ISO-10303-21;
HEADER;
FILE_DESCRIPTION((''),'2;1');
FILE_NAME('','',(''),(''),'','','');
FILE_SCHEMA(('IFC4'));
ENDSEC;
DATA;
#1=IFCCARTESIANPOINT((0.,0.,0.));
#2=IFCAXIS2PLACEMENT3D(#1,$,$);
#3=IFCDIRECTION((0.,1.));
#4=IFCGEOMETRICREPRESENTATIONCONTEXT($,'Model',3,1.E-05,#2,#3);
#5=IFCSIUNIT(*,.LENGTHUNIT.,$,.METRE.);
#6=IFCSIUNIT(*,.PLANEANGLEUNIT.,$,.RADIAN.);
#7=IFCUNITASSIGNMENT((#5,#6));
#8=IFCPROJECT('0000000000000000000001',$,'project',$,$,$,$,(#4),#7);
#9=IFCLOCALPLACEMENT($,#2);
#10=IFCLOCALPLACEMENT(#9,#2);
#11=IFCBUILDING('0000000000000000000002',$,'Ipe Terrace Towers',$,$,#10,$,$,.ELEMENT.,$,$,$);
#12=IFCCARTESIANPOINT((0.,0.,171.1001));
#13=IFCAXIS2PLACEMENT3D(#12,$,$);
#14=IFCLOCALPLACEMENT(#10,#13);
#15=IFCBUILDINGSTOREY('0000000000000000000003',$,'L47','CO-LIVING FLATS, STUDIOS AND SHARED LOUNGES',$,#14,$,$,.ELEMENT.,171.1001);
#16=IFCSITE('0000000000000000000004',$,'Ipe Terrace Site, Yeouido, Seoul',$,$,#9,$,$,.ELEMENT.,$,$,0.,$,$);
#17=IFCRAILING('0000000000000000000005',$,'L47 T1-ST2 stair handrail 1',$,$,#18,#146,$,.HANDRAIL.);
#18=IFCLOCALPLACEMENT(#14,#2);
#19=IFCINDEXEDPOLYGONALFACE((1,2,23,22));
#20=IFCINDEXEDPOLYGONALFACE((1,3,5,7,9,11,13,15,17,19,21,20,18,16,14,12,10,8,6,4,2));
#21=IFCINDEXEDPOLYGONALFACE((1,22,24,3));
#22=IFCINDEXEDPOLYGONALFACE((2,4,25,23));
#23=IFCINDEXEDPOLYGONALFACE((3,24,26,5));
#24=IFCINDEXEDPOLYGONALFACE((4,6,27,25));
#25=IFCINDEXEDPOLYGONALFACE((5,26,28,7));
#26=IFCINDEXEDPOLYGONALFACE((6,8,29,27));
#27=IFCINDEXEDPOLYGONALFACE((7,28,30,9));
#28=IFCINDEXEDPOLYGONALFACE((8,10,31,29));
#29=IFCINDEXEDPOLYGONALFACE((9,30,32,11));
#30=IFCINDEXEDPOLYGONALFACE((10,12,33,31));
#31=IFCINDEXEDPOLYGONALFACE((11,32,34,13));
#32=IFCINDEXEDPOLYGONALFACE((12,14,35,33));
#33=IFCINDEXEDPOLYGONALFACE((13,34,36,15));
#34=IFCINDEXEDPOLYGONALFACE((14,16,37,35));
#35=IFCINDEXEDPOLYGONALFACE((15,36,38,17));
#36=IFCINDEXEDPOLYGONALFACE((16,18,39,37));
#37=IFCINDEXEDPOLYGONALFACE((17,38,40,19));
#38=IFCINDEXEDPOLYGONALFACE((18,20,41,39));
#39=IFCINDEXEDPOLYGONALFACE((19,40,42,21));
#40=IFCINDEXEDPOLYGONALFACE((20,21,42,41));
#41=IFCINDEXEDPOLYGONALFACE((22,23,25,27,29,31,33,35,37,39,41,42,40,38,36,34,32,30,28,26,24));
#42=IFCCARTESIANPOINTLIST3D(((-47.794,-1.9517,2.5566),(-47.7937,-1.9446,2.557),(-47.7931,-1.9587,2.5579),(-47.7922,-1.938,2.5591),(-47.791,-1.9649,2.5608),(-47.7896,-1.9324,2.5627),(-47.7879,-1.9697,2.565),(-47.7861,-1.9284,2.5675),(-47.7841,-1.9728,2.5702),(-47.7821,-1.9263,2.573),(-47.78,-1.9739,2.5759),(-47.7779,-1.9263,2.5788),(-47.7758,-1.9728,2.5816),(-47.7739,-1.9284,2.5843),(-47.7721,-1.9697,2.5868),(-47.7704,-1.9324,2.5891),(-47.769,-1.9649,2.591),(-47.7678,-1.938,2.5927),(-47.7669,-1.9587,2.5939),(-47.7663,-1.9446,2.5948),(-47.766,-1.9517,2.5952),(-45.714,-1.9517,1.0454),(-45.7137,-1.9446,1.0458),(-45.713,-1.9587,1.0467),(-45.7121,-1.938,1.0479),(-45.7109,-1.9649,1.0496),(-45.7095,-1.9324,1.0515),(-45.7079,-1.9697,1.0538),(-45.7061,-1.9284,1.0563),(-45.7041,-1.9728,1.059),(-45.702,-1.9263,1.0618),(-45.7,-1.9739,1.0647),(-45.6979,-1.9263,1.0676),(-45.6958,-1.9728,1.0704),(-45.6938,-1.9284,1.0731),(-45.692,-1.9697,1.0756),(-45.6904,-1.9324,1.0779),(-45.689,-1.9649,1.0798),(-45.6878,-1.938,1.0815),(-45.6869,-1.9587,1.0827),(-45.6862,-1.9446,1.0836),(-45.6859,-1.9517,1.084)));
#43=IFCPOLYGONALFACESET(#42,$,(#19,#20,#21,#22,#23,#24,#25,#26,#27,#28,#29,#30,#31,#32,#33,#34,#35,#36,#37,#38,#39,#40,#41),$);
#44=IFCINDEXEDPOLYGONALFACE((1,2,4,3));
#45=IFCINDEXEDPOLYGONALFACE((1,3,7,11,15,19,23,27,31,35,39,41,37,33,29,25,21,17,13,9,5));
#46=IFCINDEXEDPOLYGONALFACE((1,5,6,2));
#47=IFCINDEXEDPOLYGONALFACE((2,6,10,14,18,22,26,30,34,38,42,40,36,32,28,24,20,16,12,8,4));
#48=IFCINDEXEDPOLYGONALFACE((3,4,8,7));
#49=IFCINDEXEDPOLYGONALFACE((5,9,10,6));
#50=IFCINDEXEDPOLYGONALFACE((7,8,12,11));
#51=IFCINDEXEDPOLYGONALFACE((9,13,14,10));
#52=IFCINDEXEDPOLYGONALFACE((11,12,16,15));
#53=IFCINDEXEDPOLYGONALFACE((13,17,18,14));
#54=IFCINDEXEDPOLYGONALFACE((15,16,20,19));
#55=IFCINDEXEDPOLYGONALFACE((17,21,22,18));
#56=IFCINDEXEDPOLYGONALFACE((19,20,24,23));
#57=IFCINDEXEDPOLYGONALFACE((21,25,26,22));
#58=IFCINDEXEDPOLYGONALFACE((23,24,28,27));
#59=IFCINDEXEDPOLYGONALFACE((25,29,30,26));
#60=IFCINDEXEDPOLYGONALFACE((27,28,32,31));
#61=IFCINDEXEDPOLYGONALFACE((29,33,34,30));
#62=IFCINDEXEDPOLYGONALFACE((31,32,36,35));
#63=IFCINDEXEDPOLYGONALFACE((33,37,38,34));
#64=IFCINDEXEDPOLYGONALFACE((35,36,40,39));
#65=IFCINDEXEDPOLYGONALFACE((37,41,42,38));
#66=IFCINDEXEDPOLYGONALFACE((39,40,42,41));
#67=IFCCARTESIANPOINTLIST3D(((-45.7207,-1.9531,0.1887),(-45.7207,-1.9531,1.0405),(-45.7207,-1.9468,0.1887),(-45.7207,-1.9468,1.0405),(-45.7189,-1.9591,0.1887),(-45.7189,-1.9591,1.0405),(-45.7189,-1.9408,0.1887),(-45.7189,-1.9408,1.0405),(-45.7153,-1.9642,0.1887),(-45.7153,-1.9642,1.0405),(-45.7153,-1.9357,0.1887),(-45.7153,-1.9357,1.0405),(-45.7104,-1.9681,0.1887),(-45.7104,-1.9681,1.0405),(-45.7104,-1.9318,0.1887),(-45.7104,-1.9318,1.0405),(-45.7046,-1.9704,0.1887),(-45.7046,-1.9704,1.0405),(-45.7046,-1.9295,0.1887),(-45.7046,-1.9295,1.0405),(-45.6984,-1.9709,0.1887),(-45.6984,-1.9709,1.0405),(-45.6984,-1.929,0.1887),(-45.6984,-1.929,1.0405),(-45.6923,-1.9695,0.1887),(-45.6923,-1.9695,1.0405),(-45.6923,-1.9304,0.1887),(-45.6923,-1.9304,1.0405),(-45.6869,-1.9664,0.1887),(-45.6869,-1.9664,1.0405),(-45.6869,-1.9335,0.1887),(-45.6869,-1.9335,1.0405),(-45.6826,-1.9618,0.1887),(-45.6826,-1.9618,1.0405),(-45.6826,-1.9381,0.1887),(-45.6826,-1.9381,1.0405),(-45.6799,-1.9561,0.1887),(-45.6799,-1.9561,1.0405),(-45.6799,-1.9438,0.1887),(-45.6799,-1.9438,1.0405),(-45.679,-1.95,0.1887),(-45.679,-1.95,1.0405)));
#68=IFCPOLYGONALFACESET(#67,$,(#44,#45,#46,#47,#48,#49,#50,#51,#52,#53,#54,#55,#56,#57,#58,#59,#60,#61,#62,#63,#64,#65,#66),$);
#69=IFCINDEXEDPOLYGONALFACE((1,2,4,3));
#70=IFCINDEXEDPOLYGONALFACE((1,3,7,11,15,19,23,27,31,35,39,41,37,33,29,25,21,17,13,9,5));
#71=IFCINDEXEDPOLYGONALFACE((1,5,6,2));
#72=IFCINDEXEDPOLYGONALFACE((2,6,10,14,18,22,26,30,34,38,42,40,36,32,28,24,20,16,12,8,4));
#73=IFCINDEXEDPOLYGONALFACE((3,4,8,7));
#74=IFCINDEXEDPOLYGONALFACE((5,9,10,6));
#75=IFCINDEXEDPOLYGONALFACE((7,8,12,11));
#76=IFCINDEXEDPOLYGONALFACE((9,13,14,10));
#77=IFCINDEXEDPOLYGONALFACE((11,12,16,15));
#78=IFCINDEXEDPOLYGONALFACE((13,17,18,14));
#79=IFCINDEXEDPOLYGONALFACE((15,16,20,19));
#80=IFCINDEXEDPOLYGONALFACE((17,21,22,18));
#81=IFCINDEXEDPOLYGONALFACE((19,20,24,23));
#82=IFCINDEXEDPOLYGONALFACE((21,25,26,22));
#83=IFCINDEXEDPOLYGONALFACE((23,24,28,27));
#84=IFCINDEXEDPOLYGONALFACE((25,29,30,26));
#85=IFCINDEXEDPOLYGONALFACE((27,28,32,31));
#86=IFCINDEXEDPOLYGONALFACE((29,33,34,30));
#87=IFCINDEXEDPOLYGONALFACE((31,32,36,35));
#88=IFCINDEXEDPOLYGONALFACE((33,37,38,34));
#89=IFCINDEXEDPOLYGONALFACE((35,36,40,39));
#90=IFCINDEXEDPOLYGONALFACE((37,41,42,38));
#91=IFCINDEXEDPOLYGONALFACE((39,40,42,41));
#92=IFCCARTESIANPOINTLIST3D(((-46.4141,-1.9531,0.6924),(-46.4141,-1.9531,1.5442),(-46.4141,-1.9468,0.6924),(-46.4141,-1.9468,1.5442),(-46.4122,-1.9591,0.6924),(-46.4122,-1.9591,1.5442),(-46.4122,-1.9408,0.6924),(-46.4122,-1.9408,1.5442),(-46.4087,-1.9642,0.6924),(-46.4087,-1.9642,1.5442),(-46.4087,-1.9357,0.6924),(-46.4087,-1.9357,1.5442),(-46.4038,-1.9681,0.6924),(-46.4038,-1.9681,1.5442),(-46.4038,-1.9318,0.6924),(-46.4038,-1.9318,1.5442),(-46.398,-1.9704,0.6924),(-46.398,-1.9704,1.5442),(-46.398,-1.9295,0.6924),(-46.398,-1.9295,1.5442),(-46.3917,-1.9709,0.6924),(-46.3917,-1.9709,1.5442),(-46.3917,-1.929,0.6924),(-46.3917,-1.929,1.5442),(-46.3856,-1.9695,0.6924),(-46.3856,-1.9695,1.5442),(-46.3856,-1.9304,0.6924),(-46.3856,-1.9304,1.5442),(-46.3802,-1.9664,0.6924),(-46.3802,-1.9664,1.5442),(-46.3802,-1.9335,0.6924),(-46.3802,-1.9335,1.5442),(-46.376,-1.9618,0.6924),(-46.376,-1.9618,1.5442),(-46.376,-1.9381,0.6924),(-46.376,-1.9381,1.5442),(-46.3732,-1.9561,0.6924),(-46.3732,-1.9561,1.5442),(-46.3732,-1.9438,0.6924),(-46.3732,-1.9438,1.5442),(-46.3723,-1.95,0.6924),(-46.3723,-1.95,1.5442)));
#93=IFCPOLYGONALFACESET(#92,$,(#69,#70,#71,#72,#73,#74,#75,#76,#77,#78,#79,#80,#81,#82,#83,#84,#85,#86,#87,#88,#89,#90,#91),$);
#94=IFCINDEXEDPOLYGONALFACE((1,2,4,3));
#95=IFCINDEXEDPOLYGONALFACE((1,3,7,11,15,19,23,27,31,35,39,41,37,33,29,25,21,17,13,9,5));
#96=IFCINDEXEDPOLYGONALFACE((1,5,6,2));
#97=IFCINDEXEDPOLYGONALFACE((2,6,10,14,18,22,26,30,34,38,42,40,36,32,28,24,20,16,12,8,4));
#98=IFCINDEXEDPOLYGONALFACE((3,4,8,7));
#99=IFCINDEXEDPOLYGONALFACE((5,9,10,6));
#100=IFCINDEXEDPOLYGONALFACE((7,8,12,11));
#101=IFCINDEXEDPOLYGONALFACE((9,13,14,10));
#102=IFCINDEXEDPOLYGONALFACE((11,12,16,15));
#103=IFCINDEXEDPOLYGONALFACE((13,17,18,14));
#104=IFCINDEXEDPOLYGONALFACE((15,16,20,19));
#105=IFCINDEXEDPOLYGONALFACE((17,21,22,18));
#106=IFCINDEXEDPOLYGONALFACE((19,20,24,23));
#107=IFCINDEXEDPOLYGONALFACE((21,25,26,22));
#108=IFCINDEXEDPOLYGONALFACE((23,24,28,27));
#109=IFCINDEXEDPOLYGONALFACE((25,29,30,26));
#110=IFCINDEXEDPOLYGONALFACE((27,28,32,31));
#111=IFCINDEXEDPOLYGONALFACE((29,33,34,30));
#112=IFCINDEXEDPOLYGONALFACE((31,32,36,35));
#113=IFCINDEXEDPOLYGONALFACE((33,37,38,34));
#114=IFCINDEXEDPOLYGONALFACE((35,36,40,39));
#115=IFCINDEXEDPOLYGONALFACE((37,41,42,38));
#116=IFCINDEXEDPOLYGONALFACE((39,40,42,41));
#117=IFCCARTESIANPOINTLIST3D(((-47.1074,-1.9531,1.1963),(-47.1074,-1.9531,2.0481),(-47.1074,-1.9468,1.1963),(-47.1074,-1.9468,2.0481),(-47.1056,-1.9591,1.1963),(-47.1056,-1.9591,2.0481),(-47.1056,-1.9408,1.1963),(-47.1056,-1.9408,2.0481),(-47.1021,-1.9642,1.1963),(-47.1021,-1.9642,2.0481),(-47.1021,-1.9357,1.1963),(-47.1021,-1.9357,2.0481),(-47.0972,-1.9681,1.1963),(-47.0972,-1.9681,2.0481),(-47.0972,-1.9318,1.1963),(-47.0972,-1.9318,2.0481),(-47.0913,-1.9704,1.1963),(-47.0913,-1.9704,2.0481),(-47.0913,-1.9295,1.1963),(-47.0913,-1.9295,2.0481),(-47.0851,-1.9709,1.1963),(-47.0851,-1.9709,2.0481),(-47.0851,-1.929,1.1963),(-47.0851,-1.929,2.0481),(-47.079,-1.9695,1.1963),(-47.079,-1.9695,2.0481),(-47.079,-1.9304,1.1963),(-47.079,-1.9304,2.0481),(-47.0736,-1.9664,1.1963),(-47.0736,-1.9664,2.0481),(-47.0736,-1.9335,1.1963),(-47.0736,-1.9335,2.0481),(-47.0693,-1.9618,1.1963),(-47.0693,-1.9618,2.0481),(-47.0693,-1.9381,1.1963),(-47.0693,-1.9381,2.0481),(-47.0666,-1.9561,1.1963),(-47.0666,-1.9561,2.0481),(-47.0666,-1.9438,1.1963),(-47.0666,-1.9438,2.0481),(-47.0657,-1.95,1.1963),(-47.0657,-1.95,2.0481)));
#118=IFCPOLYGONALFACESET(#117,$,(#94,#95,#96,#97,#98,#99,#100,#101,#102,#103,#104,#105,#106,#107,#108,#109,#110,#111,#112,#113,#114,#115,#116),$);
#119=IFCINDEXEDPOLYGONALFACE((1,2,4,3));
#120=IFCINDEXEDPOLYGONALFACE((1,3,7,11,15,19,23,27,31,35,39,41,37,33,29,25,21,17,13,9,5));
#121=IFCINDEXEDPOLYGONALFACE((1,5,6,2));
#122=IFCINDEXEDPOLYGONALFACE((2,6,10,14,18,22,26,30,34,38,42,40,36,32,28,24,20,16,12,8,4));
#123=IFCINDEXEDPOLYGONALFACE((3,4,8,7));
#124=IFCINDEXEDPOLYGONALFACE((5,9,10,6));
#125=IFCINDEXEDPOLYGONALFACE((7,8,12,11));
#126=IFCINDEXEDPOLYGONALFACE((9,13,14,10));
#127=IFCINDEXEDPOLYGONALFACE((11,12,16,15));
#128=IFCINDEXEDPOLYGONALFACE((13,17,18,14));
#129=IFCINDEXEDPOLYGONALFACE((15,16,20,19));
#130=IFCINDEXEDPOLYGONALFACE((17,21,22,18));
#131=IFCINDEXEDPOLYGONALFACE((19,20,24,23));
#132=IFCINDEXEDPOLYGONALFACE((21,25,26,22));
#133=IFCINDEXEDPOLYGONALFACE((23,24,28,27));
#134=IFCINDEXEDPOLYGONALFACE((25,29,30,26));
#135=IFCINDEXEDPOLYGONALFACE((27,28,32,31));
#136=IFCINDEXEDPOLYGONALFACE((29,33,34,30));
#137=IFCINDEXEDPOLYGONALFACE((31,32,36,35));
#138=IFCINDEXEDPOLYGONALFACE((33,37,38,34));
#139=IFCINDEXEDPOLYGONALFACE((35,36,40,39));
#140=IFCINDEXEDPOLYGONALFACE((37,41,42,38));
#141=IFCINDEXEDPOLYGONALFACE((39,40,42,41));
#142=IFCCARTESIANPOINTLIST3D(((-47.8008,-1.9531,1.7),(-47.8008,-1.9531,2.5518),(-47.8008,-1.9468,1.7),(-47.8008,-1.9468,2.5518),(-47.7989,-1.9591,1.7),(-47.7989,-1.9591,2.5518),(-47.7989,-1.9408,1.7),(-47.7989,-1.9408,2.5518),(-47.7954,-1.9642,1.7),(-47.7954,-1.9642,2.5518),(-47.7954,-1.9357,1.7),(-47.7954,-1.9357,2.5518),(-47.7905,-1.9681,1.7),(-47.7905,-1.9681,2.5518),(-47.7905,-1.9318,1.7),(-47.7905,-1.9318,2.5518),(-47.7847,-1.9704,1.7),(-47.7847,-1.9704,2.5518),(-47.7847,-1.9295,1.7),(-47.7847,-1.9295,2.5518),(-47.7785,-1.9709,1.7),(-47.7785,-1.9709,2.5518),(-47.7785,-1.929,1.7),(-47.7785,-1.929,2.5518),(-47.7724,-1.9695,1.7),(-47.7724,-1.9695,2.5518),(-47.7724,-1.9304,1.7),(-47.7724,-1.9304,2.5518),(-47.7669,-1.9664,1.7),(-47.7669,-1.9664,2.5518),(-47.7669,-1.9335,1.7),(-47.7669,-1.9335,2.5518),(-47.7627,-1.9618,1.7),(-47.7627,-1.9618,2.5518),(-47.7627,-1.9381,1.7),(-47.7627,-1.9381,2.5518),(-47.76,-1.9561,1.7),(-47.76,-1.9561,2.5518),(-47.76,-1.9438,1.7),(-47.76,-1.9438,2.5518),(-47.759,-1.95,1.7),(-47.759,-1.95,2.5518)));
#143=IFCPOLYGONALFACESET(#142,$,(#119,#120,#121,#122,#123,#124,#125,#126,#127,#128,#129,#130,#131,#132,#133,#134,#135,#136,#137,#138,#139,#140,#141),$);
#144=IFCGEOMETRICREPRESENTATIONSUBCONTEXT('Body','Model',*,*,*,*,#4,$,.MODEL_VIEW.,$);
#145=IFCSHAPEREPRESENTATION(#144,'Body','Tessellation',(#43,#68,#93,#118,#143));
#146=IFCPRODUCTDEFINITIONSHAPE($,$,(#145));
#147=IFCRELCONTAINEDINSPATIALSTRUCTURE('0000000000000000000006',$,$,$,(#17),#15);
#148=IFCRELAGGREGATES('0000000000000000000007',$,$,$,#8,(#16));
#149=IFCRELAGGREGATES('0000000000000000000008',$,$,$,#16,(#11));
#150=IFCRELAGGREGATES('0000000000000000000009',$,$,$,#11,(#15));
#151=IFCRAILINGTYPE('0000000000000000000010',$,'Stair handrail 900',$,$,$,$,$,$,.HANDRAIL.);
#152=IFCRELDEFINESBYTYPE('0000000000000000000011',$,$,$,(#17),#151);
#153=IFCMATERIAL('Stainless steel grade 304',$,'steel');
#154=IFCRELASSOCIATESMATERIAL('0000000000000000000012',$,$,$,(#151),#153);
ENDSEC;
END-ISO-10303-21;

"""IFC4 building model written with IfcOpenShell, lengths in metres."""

from ifc_helpers import new_model, si_unit, direction, frame, origin, origin_2d, place, context, subcontext, project, spatial, circle, extrude, material, type_object, element, save


model = new_model("IFC4")

# Units and contexts
model_context = context("Model", 3, precision=1e-05, world=origin(), true_north=direction((0.0, 1.0)))
body_context = subcontext(model_context, "Body", "Model", "MODEL_VIEW")
ifc_project = project(units=[si_unit("LENGTHUNIT", "METRE"), si_unit("PLANEANGLEUNIT", "RADIAN")], contexts=[model_context])

# Site, building, storey
site_placement = place(None, origin())
site = spatial("IfcSite", under=ifc_project, at=site_placement, Name="Ipe Terrace Site, Yeouido, Seoul", CompositionType="ELEMENT", RefElevation=0.0)
building_placement = place(site_placement, origin())
building = spatial("IfcBuilding", under=site, at=building_placement, Name="Ipe Terrace Towers", CompositionType="ELEMENT")
storey_placement = place(building_placement, frame((0.0, 0.0, 171.1001)))
storey = spatial("IfcBuildingStorey", under=building, at=storey_placement, Name="L47", Description="CO-LIVING FLATS, STUDIOS AND SHARED LOUNGES", CompositionType="ELEMENT", Elevation=171.1001)

# Railing
ifc_material_1 = material(Name="Stainless steel grade 304", Category="steel")
railing_type = type_object("IfcRailingType", Name="Stair handrail 900", PredefinedType="HANDRAIL", material=ifc_material_1)
railing_placement = place(storey_placement, frame((-45.7, -1.95, 0.1887)))
element("IfcRailing", 1, at=railing_placement, inside=storey, type_object=railing_type, Name="L47 T1-ST2 stair handrail 1", PredefinedType="HANDRAIL", context=body_context, shape_type="SweptSolid", body=[
    extrude(circle(Radius=0.0239, at=origin_2d()), frame((0.0, 0.0, 0.876), z_axis=(-0.809023, 0.0, 0.587776), x_axis=(0.0, -1.0, 0.0)), (0.0, 0.0, 1.0), 2.571),
    extrude(circle(Radius=0.021, at=origin_2d()), origin(), (0.0, 0.0, 1.0), 0.8518),
    extrude(circle(Radius=0.021, at=origin_2d()), frame((-0.6934, 0.0, 0.5037)), (0.0, 0.0, 1.0), 0.8518),
    extrude(circle(Radius=0.021, at=origin_2d()), frame((-1.3867, 0.0, 1.0076)), (0.0, 0.0, 1.0), 0.8518),
    extrude(circle(Radius=0.021, at=origin_2d()), frame((-2.0801, 0.0, 1.5112)), (0.0, 0.0, 1.0), 0.8518),
])

save(model, "model.ifc")
